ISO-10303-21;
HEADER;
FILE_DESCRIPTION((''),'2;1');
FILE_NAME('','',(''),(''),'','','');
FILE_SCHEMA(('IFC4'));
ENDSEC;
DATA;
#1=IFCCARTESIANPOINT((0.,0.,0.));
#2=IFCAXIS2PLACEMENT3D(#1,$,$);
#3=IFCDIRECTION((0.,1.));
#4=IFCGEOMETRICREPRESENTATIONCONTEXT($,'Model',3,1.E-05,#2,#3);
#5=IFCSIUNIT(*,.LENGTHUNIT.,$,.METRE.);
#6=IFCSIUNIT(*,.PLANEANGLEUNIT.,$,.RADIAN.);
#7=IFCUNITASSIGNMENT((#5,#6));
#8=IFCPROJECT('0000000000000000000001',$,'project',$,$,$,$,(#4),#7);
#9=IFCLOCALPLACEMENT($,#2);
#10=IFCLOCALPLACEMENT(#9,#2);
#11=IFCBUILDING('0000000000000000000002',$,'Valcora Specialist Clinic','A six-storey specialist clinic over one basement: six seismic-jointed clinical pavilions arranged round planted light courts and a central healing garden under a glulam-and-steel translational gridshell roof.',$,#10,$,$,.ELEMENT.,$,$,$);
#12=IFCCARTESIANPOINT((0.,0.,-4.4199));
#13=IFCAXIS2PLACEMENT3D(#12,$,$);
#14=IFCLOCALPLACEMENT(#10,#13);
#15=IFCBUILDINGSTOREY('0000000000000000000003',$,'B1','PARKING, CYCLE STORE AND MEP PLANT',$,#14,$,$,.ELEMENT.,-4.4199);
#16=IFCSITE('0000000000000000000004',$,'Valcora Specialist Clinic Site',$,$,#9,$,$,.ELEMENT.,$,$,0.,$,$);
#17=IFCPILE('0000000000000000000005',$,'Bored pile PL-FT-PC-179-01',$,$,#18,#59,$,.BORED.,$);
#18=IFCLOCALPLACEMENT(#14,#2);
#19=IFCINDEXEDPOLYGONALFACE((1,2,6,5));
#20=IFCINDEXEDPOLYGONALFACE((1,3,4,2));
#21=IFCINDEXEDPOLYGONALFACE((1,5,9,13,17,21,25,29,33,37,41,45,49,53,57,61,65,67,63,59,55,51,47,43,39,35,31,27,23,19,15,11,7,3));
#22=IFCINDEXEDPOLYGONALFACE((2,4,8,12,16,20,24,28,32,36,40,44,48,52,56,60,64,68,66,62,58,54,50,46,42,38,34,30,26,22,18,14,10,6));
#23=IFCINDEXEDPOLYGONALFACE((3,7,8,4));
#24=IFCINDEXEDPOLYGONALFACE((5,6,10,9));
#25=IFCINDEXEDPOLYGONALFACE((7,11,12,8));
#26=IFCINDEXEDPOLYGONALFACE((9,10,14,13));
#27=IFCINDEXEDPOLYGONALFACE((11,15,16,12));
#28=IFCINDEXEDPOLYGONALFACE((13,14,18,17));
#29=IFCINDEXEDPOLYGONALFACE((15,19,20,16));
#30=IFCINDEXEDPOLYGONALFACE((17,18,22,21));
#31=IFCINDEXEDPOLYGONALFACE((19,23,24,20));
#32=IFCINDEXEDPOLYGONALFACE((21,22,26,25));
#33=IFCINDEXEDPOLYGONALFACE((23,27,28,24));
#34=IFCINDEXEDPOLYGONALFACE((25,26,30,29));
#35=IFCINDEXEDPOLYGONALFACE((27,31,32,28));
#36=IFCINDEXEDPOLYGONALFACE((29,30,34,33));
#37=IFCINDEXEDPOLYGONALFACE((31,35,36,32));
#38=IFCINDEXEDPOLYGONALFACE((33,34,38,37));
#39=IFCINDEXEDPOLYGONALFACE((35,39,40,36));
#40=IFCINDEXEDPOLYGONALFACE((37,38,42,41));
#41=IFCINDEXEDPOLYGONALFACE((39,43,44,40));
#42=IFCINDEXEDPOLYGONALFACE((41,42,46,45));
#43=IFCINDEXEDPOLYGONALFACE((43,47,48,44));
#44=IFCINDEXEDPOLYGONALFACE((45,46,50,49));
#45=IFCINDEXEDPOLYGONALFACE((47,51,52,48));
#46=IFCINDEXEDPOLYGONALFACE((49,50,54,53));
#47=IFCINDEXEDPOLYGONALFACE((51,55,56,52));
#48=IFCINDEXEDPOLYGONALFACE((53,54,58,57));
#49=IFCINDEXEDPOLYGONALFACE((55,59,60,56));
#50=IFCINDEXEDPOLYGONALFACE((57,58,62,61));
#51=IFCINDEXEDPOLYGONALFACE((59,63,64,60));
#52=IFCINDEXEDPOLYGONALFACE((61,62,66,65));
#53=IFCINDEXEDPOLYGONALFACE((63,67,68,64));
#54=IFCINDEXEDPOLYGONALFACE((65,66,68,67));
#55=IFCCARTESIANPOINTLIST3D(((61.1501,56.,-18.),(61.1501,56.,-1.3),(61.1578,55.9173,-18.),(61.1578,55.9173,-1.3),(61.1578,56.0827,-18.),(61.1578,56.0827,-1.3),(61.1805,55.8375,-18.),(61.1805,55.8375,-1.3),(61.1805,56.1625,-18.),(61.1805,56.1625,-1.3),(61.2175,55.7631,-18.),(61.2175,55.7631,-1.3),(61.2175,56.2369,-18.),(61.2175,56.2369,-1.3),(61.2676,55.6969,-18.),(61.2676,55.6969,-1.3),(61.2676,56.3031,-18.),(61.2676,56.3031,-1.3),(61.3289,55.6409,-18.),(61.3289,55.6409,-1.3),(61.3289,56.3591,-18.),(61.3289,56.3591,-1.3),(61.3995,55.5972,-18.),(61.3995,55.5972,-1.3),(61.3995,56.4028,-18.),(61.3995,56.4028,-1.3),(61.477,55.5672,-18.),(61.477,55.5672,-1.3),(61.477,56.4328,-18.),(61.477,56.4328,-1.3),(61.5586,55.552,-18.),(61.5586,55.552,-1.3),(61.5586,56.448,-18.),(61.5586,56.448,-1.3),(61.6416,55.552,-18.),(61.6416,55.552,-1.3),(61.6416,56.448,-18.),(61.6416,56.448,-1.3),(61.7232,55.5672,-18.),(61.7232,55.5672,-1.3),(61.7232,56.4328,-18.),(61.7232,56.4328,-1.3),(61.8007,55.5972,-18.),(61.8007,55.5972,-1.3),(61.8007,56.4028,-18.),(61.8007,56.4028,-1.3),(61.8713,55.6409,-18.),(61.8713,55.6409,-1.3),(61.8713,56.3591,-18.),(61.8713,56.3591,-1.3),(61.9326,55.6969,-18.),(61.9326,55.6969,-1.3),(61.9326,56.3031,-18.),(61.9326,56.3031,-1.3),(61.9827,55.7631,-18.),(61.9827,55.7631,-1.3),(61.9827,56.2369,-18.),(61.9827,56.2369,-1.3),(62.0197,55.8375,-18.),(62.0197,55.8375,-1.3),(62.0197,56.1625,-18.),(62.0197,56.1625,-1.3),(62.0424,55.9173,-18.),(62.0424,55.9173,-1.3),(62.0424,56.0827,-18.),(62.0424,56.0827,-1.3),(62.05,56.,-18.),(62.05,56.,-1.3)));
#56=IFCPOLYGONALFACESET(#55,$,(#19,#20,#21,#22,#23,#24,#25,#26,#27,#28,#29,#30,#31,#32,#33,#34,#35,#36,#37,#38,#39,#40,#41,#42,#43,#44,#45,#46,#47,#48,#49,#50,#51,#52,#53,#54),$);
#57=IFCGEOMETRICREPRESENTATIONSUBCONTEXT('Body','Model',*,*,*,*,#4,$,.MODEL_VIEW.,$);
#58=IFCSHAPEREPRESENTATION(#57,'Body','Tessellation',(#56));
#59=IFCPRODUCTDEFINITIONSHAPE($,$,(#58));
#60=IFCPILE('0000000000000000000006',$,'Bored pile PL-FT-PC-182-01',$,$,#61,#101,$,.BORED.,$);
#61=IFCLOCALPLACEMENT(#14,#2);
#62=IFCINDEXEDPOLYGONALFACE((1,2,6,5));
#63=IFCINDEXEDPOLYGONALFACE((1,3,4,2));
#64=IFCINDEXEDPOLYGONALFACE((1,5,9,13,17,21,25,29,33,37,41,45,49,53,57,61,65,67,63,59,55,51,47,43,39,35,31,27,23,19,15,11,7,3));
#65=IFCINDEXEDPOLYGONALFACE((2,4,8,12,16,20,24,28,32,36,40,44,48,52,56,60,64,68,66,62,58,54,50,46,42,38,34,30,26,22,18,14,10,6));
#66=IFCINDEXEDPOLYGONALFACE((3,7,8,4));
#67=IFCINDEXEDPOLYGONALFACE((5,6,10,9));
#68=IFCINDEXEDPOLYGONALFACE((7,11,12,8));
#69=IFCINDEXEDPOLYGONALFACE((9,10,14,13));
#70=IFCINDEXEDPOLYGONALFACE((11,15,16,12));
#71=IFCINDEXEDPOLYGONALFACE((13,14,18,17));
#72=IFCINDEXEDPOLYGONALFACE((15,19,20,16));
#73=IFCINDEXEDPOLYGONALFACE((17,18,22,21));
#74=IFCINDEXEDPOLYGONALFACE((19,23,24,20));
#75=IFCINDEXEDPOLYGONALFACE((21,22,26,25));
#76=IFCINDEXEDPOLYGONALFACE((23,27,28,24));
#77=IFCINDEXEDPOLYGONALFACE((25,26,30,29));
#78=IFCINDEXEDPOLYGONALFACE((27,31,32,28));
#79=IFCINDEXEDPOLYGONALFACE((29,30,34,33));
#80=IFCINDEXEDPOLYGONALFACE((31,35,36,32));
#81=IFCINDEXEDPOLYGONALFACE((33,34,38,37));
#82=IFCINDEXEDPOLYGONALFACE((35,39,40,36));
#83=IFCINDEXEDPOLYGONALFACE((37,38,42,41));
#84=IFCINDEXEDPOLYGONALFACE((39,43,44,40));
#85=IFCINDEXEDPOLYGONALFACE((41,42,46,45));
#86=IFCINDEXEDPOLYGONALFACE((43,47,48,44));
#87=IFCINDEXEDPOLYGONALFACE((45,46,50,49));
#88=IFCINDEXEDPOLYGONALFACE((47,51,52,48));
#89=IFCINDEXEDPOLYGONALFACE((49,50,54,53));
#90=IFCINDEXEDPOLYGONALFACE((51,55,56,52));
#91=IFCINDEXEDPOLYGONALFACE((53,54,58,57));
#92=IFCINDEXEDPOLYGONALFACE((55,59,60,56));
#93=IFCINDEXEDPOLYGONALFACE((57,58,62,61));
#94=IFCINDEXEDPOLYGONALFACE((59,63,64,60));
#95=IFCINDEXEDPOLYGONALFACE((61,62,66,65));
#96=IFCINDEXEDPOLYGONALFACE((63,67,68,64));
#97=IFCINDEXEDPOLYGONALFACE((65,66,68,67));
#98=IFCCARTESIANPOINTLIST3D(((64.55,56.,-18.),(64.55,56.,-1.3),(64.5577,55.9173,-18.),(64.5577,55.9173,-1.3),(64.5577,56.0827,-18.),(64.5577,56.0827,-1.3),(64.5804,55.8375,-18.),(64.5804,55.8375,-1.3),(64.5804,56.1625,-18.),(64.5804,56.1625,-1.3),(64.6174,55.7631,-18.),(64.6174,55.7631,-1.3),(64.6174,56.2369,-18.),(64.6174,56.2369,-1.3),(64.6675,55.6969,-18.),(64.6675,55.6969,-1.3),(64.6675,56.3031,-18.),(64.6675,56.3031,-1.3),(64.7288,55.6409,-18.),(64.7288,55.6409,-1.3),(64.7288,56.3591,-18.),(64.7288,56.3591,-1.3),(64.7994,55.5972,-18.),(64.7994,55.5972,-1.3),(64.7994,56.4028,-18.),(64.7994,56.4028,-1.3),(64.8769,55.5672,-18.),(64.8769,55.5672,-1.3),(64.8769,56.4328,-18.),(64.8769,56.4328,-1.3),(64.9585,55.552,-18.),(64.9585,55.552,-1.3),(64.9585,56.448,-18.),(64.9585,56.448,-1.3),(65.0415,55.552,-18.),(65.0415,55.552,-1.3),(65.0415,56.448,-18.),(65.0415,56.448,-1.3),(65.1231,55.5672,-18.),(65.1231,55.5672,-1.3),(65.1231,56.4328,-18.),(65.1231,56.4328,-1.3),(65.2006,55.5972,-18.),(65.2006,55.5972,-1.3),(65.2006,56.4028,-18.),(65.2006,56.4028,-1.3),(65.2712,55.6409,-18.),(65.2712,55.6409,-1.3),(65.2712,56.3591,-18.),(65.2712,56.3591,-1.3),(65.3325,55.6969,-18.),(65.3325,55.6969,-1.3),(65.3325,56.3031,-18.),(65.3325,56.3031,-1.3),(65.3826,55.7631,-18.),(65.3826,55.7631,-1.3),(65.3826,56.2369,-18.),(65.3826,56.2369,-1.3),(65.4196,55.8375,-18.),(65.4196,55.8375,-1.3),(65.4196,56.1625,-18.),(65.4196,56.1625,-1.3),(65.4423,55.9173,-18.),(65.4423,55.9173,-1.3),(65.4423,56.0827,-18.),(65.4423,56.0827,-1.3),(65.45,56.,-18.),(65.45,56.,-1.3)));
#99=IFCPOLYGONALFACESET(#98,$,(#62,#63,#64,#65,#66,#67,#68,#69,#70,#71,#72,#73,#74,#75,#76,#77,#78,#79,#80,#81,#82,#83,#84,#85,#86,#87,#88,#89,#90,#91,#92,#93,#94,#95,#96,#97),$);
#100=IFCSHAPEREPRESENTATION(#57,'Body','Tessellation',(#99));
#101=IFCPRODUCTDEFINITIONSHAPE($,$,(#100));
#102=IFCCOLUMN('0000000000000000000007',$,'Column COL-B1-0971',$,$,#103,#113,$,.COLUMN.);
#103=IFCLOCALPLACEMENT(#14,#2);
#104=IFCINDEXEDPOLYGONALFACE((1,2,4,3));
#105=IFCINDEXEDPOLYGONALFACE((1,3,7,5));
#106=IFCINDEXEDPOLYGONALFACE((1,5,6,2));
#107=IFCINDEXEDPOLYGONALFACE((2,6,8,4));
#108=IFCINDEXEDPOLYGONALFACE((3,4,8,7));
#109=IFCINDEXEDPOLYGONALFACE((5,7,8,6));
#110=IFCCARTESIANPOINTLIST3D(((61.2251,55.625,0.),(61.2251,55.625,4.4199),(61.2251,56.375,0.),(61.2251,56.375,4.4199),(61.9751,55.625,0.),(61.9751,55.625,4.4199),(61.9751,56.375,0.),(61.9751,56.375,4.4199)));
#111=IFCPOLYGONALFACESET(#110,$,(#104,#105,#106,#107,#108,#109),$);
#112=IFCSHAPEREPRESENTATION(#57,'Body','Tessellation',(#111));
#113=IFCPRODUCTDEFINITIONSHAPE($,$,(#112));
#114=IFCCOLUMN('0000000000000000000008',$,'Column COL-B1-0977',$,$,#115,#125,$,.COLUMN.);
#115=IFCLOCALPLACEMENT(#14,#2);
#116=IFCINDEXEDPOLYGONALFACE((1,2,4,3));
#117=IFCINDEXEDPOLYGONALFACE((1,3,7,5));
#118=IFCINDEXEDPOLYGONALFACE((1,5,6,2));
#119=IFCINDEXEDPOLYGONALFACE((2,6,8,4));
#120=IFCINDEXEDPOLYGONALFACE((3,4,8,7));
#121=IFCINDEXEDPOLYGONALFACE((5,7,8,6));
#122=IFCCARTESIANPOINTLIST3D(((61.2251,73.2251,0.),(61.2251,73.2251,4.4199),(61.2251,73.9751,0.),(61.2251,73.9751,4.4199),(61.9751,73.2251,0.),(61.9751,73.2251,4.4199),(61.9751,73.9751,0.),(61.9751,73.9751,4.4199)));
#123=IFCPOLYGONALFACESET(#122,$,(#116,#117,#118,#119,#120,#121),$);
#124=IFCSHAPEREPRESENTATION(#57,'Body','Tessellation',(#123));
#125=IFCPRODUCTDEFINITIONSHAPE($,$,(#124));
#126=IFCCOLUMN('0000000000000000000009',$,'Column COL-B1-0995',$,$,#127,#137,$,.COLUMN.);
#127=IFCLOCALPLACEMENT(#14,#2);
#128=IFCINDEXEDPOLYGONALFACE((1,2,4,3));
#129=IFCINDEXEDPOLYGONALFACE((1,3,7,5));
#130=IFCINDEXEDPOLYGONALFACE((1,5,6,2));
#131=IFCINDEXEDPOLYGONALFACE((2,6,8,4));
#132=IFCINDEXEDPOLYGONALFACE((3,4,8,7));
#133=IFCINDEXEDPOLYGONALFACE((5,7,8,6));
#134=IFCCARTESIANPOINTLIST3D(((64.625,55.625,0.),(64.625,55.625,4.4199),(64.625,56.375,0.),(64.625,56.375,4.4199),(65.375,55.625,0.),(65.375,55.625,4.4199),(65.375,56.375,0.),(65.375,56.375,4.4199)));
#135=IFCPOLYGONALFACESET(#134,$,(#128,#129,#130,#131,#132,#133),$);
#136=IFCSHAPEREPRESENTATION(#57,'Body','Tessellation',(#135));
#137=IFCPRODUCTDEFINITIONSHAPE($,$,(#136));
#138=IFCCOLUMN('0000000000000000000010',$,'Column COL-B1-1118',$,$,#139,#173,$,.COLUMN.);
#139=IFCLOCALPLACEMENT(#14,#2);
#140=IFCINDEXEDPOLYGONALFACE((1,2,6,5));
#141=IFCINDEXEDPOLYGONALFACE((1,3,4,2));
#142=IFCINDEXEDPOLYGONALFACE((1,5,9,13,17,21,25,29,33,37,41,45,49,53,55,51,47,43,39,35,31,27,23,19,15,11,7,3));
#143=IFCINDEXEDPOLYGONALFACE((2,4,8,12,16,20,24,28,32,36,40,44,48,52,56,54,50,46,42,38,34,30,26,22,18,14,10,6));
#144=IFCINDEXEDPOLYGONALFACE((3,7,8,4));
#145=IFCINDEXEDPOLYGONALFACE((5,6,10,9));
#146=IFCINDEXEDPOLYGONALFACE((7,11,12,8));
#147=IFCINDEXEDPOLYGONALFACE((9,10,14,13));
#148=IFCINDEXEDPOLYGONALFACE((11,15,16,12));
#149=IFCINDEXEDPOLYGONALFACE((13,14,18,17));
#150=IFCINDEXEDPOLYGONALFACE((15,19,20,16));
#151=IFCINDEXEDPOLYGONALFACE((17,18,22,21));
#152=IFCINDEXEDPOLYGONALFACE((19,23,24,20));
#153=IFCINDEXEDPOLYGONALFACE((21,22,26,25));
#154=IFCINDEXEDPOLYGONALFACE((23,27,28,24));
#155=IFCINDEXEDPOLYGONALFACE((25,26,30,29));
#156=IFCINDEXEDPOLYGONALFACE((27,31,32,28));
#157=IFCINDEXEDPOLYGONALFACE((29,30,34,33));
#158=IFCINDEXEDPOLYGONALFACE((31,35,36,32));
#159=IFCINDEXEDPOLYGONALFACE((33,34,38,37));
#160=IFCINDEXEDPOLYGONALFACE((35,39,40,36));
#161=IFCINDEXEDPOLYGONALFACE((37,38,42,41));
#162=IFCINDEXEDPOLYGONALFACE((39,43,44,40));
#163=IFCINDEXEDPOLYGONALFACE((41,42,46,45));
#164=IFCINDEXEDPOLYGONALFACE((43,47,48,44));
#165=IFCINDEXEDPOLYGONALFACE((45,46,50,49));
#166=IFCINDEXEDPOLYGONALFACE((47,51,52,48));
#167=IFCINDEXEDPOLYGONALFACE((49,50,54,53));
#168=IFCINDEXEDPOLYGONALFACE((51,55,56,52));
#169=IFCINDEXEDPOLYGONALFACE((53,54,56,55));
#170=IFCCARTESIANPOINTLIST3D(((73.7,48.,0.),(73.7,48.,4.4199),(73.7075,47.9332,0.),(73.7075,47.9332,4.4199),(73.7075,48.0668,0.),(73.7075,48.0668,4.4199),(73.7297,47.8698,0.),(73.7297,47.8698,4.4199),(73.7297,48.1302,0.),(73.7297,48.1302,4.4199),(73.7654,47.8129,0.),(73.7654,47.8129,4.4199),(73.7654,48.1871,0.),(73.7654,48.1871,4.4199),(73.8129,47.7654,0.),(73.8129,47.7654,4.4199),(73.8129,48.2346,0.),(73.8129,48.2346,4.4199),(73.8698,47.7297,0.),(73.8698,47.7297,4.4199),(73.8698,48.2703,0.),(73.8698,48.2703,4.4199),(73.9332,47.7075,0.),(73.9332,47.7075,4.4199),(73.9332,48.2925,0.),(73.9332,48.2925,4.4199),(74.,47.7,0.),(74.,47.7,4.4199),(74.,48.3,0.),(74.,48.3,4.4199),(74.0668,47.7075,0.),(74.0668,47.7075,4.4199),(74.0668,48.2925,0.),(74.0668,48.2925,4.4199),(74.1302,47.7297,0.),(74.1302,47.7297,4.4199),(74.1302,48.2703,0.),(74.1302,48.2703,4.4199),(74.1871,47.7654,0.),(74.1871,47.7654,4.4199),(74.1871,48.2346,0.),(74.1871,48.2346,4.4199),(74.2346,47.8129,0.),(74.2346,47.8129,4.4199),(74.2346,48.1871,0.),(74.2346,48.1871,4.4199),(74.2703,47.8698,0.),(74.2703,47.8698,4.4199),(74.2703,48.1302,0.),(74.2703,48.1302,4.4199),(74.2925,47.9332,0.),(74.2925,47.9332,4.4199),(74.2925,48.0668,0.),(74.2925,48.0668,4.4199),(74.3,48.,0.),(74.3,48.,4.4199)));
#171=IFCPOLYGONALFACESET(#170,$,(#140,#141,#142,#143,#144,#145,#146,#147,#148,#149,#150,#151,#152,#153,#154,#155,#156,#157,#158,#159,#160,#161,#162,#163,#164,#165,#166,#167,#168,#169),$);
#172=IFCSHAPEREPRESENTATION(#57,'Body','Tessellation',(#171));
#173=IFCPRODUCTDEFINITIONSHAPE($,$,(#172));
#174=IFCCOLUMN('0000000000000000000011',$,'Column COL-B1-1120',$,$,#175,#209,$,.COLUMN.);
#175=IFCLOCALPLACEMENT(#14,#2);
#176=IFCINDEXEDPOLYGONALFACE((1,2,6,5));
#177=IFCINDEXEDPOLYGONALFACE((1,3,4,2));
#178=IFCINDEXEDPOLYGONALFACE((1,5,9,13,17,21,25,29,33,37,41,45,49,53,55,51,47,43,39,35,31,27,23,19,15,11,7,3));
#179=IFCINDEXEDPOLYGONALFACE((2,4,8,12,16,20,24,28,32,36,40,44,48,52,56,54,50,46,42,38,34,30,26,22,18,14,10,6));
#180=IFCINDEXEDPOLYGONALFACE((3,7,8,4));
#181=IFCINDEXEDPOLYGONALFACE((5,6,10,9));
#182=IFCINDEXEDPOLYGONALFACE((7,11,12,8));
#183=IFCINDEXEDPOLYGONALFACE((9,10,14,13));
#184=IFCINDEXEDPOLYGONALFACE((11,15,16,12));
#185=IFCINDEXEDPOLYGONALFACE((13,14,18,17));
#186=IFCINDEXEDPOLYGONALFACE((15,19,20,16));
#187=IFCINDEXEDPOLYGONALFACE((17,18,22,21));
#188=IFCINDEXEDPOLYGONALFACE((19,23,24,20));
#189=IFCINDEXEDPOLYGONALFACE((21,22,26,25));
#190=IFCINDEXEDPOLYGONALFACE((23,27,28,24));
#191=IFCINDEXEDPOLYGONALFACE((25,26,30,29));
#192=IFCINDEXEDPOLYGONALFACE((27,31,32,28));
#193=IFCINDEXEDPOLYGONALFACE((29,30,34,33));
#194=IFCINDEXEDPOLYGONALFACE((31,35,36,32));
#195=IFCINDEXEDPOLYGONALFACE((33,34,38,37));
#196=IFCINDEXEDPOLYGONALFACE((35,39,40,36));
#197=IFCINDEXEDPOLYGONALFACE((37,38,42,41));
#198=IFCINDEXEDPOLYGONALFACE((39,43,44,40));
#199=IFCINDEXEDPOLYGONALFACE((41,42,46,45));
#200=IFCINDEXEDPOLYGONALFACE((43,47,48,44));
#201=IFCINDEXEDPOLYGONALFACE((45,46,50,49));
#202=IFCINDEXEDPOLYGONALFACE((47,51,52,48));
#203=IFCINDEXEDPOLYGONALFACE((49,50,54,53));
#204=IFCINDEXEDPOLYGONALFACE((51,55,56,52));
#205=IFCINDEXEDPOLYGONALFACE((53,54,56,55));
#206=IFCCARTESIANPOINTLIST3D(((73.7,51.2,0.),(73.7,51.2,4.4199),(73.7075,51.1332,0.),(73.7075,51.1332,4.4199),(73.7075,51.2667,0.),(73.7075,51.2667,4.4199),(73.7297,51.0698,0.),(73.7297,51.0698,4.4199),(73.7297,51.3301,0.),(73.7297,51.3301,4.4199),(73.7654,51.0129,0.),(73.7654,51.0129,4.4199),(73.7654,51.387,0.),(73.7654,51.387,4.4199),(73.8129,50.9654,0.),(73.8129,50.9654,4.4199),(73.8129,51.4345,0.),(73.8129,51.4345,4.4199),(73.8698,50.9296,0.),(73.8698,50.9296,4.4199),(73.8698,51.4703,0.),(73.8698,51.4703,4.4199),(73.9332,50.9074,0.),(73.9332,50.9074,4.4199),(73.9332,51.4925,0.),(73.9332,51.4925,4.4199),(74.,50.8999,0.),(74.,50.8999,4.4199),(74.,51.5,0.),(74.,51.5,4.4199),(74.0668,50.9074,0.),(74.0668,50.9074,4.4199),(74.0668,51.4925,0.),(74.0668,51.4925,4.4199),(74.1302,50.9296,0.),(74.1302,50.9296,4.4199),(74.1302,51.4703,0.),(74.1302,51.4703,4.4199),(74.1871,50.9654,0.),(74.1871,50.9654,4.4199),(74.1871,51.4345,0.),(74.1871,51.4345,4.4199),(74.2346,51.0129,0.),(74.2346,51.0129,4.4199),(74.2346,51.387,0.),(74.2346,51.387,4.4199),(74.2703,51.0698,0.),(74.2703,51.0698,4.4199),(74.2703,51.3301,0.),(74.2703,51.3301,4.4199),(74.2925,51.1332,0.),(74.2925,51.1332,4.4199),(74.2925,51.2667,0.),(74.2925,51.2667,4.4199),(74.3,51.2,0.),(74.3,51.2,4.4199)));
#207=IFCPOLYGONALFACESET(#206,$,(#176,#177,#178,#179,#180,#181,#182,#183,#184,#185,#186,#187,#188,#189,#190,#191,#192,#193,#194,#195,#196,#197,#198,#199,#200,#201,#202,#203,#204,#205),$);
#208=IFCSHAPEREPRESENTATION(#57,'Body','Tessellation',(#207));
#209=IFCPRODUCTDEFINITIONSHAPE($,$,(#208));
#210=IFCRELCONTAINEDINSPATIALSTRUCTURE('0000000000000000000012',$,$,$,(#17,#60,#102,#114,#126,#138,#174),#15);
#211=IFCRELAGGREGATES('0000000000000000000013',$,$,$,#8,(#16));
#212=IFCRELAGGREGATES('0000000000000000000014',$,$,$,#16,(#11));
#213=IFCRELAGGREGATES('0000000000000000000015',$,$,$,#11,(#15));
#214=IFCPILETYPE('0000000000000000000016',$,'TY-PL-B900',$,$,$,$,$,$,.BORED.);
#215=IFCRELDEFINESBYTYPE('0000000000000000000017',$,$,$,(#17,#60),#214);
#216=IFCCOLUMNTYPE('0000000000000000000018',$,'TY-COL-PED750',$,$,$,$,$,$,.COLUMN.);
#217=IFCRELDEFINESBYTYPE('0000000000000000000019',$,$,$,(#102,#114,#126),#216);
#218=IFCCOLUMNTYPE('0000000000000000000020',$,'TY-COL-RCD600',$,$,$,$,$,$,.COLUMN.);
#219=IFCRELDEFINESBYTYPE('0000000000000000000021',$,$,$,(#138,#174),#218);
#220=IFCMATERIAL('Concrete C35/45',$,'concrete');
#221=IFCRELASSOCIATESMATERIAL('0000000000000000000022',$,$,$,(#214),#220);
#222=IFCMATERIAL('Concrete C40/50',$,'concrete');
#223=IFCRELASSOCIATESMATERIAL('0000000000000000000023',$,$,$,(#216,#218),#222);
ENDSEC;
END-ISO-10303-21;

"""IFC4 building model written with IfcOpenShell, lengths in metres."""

from ifc_helpers import new_model, si_unit, direction, frame, origin, origin_2d, place, context, subcontext, project, spatial, rectangle, circle, extrude, material, material_profile, profile_set, type_object, element, save


model = new_model("IFC4")

# Units and contexts
model_context = context("Model", 3, precision=1e-05, world=origin(), true_north=direction((0.0, 1.0)))
body_context = subcontext(model_context, "Body", "Model", "MODEL_VIEW")
ifc_project = project(units=[si_unit("LENGTHUNIT", "METRE"), si_unit("PLANEANGLEUNIT", "RADIAN")], contexts=[model_context])

# Site, building, storey
site_placement = place(None, origin())
site = spatial("IfcSite", under=ifc_project, at=site_placement, Name="Valcora Specialist Clinic Site", CompositionType="ELEMENT", RefElevation=0.0)
building_placement = place(site_placement, origin())
building = spatial("IfcBuilding", under=site, at=building_placement, Name="Valcora Specialist Clinic", Description="A six-storey specialist clinic over one basement: six seismic-jointed clinical pavilions arranged round planted light courts and a central healing garden under a glulam-and-steel translational gridshell roof.", CompositionType="ELEMENT")
storey_placement = place(building_placement, frame((0.0, 0.0, -4.4199)))
storey = spatial("IfcBuildingStorey", under=building, at=storey_placement, Name="B1", Description="PARKING, CYCLE STORE AND MEP PLANT", CompositionType="ELEMENT", Elevation=-4.4199)

# Shared definitions
ifc_material_1 = material(Name="Concrete C35/45", Category="concrete")

# Piles
ifc_material_profile_1 = material_profile(ifc_material_1, circle(Radius=0.45, at=origin_2d()), Name="RC-PIL-D900")
ifc_profile_set_1 = profile_set([ifc_material_profile_1], Name="Concrete C35/45")
pile_type_1 = type_object("IfcPileType", Name="TY-PL-B900", PredefinedType="BORED", material=ifc_profile_set_1)
for number, where, z_axis, x_axis, name in (
    (1, (61.6001, 56.0, -1.3), (0.0, 0.0, -1.0), (1.0, 0.0, 0.0), "Bored pile PL-FT-PC-179-01"),
    (2, (65.0, 56.0, -1.3), (0.0, 0.0, -1.0), (1.0, 0.0, 0.0), "Bored pile PL-FT-PC-182-01"),
):
    element("IfcPile", number, at=place(storey_placement, frame(where, z_axis=z_axis, x_axis=x_axis)), inside=storey, type_object=pile_type_1, Name=name, PredefinedType="BORED", context=body_context, shape_type="SweptSolid", body=[
        extrude(circle(Radius=0.45, at=origin_2d()), origin(), (0.0, 0.0, 1.0), 16.7),
    ])

# Columns
ifc_material_2 = material(Name="Concrete C40/50", Category="concrete")
ifc_material_profile_2 = material_profile(ifc_material_2, rectangle(XDim=0.75, YDim=0.75, at=origin_2d()), Name="RC-PED-750X750")
ifc_profile_set_2 = profile_set([ifc_material_profile_2], Name="Concrete C40/50")
column_type_1 = type_object("IfcColumnType", Name="TY-COL-PED750", PredefinedType="COLUMN", material=ifc_profile_set_2)
for number, where, z_axis, x_axis, name in (
    (3, (61.6001, 56.0, 0.0), (0.0, 0.0, 1.0), (1.0, 0.0, 0.0), "Column COL-B1-0971"),
    (4, (61.6001, 73.6001, 0.0), (0.0, 0.0, 1.0), (1.0, 0.0, 0.0), "Column COL-B1-0977"),
    (5, (65.0, 56.0, 0.0), (0.0, 0.0, 1.0), (1.0, 0.0, 0.0), "Column COL-B1-0995"),
):
    element("IfcColumn", number, at=place(storey_placement, frame(where, z_axis=z_axis, x_axis=x_axis)), inside=storey, type_object=column_type_1, Name=name, PredefinedType="COLUMN", context=body_context, shape_type="SweptSolid", body=[
        extrude(rectangle(XDim=0.75, YDim=0.75, at=origin_2d()), origin(), (0.0, 0.0, 1.0), 4.4199),
    ])
ifc_material_profile_3 = material_profile(ifc_material_2, circle(Radius=0.3, at=origin_2d()), Name="RC-COL-D600")
ifc_profile_set_3 = profile_set([ifc_material_profile_3], Name="Concrete C40/50")
column_type_2 = type_object("IfcColumnType", Name="TY-COL-RCD600", PredefinedType="COLUMN", material=ifc_profile_set_3)
for number, where, z_axis, x_axis, name in (
    (6, (74.0, 48.0, 0.0), (0.0, 0.0, 1.0), (1.0, 0.0, 0.0), "Column COL-B1-1118"),
    (7, (74.0, 51.2, 0.0), (0.0, 0.0, 1.0), (1.0, 0.0, 0.0), "Column COL-B1-1120"),
):
    element("IfcColumn", number, at=place(storey_placement, frame(where, z_axis=z_axis, x_axis=x_axis)), inside=storey, type_object=column_type_2, Name=name, PredefinedType="COLUMN", context=body_context, shape_type="SweptSolid", body=[
        extrude(circle(Radius=0.3, at=origin_2d()), origin(), (0.0, 0.0, 1.0), 4.4199),
    ])

save(model, "model.ifc")
